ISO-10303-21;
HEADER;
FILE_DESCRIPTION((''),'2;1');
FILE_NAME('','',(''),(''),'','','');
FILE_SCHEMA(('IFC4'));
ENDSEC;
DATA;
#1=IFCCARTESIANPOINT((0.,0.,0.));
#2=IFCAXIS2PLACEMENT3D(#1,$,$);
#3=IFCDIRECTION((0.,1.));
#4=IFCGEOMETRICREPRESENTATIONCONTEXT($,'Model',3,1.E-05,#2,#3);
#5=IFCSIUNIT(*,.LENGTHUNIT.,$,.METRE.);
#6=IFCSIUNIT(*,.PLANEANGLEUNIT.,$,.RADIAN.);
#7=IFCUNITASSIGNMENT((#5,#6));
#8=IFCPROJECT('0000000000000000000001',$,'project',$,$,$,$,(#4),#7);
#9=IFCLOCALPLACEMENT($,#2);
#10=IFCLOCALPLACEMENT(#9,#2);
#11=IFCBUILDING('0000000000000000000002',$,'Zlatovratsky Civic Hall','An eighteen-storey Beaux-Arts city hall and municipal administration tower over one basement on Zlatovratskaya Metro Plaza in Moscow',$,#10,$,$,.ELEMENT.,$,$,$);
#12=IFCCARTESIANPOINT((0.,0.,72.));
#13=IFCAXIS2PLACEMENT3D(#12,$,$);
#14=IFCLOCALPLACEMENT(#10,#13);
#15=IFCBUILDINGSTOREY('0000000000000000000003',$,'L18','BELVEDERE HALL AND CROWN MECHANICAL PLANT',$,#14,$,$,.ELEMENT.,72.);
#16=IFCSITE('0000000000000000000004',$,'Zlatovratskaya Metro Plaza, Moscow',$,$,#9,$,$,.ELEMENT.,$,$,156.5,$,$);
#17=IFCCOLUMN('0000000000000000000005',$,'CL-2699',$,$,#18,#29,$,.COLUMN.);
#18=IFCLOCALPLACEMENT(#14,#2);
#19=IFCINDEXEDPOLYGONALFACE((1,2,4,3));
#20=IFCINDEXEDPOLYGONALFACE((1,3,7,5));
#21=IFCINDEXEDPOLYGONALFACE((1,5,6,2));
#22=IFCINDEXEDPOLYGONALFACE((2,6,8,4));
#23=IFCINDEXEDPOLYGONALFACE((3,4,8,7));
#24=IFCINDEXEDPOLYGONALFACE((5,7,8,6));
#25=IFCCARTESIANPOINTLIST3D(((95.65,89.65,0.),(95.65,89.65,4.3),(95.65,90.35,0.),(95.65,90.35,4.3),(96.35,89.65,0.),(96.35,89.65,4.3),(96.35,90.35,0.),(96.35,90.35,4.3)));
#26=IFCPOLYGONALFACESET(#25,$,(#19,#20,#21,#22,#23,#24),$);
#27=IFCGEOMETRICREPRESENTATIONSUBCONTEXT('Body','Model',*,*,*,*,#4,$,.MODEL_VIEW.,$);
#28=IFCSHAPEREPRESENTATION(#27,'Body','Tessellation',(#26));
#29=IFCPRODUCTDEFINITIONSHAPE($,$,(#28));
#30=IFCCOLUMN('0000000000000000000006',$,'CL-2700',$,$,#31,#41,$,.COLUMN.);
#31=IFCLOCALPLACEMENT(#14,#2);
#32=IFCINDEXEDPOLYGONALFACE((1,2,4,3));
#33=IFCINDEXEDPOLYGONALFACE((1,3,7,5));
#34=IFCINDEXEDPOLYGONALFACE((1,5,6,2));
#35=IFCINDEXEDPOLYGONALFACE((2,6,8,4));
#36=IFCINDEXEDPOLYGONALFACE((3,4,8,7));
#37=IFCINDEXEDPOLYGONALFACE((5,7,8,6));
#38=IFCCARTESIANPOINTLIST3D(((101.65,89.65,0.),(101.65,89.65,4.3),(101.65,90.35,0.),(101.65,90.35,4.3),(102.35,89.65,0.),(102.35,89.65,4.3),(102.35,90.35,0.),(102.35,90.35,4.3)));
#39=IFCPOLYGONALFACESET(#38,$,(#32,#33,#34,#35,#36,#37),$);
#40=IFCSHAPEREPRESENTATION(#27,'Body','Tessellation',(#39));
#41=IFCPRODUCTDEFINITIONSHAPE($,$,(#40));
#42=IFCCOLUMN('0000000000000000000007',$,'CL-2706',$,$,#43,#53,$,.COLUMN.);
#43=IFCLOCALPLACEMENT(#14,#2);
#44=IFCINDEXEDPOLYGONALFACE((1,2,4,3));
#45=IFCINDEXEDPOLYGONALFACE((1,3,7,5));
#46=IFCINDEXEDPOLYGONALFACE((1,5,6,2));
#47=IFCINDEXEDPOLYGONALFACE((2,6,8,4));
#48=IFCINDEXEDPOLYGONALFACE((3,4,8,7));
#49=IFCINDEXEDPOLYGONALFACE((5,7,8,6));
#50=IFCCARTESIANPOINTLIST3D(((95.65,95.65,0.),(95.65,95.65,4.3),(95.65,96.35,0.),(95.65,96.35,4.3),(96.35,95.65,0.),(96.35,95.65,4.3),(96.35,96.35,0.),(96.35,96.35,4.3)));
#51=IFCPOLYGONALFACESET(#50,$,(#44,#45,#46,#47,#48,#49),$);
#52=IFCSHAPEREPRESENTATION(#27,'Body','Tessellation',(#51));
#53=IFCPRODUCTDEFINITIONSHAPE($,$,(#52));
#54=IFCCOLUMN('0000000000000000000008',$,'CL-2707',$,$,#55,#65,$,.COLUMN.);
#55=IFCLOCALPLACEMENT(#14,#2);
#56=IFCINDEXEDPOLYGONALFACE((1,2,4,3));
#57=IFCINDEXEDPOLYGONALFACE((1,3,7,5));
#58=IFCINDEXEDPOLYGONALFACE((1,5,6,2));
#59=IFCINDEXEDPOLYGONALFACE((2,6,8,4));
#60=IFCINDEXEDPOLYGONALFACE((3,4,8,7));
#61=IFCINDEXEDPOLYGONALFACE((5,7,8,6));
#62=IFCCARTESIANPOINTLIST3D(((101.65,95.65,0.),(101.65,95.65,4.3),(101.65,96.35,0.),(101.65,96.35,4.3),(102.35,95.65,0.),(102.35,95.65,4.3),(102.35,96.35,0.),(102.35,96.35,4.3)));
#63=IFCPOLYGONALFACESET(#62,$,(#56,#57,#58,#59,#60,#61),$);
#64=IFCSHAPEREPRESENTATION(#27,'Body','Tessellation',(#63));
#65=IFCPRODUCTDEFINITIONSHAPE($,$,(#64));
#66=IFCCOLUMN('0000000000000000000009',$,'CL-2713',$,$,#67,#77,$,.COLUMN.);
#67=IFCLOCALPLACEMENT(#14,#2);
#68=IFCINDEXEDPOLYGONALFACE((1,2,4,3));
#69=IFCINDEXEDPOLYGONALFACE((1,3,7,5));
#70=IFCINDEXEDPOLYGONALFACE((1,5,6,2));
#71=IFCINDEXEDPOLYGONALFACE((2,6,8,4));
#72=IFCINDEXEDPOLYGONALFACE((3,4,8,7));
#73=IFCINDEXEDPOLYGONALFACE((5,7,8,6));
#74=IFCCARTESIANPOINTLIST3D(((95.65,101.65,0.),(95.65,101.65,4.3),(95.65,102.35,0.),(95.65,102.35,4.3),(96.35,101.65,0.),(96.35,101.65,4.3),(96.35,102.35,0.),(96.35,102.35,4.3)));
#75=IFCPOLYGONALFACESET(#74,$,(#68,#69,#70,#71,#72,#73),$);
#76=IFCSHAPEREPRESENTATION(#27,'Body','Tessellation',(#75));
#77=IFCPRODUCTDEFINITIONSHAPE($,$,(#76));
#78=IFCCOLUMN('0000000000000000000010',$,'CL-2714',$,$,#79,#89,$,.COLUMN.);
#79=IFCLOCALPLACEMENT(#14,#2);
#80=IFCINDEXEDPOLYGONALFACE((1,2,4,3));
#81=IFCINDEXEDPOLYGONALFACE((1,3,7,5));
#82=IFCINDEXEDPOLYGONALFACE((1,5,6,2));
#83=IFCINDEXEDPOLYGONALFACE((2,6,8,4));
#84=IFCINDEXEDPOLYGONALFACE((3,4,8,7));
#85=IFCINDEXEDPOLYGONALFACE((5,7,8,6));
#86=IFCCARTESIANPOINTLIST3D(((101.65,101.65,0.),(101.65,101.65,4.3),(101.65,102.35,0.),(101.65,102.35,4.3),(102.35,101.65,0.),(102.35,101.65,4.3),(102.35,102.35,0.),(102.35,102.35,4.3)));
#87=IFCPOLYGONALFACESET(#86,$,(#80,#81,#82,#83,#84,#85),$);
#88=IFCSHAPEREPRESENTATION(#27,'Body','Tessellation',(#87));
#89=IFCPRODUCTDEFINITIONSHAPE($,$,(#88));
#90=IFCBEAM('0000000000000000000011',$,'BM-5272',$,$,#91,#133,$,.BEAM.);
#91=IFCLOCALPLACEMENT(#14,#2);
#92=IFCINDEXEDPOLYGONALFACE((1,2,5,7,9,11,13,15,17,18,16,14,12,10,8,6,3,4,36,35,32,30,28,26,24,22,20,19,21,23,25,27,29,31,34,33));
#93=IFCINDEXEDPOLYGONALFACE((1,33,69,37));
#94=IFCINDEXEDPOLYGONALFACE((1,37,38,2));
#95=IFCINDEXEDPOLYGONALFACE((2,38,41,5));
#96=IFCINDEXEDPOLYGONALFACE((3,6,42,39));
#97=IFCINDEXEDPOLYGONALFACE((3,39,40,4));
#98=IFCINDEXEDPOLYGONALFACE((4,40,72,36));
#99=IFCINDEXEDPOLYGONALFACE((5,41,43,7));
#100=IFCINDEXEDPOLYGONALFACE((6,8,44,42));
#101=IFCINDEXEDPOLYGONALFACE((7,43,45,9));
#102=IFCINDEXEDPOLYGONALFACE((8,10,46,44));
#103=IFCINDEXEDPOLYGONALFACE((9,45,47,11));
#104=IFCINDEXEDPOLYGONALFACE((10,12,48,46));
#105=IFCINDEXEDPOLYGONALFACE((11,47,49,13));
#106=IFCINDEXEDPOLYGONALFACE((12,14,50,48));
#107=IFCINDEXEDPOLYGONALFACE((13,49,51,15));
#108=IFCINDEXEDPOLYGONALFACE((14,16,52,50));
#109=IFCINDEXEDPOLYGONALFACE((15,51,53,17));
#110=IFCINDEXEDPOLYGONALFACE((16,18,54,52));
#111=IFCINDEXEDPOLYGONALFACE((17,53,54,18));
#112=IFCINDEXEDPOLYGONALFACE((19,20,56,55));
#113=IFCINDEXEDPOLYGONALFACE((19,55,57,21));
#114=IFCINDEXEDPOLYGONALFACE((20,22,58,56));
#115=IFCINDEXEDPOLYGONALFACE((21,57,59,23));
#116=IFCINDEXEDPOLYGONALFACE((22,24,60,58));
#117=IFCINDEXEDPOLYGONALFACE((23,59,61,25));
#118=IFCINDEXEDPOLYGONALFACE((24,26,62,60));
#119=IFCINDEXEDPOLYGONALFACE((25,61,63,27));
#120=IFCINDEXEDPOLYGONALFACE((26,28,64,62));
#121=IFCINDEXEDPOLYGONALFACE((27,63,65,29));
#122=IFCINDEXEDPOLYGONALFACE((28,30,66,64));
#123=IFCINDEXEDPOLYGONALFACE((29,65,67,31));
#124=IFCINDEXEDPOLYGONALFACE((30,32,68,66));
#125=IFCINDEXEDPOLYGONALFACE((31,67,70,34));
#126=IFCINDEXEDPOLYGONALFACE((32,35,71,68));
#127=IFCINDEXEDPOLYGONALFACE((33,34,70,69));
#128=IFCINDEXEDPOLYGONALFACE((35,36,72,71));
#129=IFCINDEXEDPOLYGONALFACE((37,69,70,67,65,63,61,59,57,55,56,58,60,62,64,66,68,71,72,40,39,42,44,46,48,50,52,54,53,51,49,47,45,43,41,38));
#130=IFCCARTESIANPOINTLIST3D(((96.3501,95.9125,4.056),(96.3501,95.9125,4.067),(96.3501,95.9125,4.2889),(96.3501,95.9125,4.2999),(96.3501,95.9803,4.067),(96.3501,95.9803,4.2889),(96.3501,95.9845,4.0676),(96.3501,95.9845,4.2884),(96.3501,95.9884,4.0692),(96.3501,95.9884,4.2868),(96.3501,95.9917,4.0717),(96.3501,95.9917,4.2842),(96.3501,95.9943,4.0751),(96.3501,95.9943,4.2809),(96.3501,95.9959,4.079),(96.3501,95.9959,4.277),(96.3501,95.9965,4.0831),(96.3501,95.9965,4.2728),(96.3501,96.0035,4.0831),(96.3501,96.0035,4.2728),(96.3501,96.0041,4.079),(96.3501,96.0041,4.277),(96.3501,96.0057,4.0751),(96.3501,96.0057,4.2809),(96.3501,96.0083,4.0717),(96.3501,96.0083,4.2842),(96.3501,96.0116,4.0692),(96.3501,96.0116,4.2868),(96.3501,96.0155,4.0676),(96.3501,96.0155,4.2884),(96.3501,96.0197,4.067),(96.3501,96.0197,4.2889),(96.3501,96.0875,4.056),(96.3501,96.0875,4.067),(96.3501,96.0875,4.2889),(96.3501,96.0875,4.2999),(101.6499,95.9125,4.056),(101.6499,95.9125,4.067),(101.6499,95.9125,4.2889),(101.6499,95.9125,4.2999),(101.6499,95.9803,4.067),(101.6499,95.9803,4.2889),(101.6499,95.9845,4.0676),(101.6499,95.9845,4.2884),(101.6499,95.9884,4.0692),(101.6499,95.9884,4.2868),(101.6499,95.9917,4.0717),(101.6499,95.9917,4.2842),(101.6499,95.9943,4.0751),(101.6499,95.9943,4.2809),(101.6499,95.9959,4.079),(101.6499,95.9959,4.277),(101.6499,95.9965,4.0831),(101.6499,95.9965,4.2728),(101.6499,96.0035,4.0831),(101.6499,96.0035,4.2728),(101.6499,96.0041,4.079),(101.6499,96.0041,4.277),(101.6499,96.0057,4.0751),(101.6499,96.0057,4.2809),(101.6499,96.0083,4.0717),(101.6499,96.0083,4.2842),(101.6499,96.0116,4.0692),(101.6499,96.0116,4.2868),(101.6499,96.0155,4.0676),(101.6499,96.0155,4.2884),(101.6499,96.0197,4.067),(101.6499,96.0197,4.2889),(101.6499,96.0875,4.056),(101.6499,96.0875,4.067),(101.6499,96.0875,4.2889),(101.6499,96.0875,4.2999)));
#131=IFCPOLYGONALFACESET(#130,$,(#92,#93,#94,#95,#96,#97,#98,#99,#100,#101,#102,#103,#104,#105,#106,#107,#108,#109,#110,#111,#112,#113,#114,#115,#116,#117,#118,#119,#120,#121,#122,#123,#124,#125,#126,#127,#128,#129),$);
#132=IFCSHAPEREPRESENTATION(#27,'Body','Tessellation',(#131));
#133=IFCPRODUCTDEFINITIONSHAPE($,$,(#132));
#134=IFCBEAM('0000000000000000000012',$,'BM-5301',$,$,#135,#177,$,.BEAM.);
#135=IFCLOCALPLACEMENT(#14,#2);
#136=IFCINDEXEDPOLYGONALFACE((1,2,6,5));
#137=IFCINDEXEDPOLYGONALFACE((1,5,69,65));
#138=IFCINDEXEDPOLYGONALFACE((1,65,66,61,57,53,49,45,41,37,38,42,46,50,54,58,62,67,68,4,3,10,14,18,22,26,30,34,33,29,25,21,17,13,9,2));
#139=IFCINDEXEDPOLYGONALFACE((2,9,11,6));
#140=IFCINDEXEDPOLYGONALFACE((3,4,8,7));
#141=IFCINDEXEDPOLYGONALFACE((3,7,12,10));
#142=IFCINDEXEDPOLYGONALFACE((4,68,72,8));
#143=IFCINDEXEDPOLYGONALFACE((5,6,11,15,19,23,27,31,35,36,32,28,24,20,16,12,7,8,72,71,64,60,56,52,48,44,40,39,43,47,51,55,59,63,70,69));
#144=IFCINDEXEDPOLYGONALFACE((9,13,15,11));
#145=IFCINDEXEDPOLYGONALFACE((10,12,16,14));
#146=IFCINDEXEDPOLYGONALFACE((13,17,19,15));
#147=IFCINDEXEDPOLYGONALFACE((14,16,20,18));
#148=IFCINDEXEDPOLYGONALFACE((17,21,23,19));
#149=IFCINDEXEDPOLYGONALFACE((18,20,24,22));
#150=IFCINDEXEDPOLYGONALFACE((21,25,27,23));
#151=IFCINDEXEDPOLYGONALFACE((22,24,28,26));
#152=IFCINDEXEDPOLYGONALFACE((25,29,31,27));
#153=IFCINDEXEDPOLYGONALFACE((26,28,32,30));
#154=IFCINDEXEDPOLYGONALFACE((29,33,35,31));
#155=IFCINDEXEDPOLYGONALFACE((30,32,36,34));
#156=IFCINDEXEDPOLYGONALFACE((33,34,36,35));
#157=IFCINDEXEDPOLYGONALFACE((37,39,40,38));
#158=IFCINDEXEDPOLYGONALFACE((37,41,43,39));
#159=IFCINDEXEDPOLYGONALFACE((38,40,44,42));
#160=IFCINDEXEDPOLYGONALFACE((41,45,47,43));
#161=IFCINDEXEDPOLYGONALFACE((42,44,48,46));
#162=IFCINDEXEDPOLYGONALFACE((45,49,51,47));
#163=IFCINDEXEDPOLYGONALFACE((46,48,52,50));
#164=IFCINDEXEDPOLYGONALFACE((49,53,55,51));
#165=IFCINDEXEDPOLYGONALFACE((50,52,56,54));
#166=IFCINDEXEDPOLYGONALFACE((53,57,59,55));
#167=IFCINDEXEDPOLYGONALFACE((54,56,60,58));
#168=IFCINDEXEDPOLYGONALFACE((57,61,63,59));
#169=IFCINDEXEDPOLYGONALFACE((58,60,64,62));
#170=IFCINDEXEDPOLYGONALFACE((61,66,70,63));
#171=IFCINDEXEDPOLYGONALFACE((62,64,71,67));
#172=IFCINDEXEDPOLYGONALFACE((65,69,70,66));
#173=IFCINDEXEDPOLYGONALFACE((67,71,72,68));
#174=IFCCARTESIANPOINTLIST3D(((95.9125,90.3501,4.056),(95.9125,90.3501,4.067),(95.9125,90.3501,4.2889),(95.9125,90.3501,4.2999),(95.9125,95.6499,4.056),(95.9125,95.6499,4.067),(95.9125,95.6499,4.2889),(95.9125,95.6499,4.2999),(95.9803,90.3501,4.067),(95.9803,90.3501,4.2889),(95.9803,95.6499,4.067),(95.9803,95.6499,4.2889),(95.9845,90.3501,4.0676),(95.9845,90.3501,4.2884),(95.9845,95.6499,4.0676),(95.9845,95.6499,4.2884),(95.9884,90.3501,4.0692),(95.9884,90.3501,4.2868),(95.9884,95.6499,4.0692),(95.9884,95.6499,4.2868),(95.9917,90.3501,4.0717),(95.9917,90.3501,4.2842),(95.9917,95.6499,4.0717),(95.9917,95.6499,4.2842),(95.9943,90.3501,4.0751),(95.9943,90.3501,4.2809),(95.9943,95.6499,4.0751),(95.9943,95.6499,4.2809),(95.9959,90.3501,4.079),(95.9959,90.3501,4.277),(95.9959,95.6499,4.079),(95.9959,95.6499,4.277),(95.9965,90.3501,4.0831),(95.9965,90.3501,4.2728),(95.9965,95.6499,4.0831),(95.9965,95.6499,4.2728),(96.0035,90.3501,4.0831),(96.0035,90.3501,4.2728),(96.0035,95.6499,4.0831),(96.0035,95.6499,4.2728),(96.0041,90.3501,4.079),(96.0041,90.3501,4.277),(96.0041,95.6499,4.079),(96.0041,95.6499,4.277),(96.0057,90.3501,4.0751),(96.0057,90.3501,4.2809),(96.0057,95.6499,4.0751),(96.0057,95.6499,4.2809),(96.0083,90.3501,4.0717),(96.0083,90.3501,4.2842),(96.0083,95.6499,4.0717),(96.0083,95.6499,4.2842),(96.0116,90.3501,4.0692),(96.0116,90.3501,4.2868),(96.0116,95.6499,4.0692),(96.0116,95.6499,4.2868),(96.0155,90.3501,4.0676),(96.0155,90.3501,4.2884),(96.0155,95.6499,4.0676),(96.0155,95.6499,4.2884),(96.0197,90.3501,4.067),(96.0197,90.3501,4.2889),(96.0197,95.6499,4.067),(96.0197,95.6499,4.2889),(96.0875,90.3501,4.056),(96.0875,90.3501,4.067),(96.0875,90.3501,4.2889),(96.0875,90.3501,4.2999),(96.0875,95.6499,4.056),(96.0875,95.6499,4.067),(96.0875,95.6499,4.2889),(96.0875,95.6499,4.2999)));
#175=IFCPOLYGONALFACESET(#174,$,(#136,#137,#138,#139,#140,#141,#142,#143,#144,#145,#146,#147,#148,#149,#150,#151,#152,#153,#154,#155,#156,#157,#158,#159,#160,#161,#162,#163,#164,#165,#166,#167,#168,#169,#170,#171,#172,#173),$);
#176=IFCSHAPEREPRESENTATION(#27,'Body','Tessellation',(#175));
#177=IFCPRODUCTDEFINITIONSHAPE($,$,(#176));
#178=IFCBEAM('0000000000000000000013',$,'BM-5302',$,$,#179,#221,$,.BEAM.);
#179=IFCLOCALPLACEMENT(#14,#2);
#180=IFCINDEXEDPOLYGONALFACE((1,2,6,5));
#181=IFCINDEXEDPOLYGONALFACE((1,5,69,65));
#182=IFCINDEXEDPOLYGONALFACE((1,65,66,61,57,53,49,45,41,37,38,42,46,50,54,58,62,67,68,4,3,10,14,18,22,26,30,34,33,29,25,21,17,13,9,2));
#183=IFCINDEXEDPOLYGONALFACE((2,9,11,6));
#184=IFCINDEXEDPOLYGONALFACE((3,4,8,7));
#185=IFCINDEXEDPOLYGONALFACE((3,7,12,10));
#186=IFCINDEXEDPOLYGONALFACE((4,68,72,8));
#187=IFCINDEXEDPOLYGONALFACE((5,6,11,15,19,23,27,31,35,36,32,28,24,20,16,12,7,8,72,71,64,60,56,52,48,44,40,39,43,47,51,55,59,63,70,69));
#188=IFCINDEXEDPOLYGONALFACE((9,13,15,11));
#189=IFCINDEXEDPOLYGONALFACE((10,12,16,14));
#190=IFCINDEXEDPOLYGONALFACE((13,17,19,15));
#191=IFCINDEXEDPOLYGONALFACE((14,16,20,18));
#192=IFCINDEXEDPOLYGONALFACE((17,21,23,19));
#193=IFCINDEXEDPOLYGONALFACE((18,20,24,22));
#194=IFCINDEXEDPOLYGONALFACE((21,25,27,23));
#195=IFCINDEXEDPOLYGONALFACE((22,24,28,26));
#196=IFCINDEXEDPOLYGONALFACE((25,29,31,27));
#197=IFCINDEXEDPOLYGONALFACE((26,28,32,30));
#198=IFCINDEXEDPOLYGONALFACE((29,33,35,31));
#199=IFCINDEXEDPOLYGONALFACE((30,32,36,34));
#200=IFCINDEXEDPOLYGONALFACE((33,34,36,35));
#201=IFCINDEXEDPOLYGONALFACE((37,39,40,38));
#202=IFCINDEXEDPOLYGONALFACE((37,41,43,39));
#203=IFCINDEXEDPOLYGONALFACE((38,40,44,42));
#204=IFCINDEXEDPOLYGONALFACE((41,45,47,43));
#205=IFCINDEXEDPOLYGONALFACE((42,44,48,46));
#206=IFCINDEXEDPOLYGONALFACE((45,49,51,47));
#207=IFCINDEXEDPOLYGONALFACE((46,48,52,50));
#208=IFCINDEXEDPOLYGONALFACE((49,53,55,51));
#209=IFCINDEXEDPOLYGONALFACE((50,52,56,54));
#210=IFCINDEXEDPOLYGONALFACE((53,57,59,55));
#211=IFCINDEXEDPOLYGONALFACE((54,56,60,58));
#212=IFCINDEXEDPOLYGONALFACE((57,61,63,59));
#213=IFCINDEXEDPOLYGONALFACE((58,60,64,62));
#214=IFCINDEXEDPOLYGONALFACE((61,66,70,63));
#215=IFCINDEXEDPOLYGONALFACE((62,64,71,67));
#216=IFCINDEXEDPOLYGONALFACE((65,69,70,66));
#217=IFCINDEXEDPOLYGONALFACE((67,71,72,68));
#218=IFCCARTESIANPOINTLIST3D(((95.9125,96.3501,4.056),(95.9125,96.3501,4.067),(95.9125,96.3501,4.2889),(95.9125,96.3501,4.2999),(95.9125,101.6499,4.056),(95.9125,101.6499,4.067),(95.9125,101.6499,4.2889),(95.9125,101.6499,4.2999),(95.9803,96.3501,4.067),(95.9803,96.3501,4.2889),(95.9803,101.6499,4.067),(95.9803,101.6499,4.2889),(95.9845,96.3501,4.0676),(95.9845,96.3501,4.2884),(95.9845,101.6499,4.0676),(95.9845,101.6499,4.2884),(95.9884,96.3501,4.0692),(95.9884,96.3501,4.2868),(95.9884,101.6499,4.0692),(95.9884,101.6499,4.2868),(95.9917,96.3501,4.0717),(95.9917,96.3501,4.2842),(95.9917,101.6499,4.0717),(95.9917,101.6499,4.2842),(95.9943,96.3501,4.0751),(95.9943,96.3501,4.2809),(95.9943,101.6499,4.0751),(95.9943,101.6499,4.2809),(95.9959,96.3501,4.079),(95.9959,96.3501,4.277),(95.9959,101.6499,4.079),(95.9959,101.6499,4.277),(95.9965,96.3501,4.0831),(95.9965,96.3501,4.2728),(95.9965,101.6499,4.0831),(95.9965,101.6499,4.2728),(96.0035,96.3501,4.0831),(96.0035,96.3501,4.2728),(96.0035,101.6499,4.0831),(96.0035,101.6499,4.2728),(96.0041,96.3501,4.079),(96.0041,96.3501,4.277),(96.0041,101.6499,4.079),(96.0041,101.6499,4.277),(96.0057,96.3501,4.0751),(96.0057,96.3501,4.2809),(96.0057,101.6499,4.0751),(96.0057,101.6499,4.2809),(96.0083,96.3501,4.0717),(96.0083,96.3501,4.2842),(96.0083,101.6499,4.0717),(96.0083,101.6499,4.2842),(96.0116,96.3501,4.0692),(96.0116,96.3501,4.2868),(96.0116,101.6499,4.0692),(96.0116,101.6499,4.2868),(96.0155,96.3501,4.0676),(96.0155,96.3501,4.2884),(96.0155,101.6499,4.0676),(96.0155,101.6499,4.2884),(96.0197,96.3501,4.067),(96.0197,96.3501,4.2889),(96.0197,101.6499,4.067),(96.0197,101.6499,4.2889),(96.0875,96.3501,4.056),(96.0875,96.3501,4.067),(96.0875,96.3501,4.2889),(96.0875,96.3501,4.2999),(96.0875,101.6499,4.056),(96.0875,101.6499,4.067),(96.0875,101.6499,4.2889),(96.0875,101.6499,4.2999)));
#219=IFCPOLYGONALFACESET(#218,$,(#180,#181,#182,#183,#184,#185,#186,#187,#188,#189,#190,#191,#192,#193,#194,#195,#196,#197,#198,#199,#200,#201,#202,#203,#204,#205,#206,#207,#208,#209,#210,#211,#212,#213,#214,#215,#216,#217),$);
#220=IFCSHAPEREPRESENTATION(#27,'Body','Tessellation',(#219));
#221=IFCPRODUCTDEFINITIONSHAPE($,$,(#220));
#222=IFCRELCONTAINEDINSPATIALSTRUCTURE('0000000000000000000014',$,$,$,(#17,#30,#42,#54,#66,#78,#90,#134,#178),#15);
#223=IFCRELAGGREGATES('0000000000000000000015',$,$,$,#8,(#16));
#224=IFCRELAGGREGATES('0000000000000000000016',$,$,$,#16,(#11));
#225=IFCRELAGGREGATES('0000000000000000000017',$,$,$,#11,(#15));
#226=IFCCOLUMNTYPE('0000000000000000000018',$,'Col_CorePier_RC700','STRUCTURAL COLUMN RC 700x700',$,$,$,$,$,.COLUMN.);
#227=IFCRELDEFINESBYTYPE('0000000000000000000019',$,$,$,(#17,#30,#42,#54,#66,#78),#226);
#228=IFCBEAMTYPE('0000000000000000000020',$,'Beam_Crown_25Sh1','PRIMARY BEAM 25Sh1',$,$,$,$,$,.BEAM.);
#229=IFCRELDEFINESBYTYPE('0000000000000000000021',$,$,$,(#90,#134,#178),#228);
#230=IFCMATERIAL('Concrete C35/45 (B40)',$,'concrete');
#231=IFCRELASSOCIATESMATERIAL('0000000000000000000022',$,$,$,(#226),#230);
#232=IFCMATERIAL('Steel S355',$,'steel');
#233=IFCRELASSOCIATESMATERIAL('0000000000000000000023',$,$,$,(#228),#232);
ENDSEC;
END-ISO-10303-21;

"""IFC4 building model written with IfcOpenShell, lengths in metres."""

from ifc_helpers import new_model, si_unit, direction, frame, origin, origin_2d, place, context, subcontext, project, spatial, rectangle, i_section, extrude, material, material_profile, profile_set, type_object, element, save


model = new_model("IFC4")

# Units and contexts
model_context = context("Model", 3, precision=1e-05, world=origin(), true_north=direction((0.0, 1.0)))
body_context = subcontext(model_context, "Body", "Model", "MODEL_VIEW")
ifc_project = project(units=[si_unit("LENGTHUNIT", "METRE"), si_unit("PLANEANGLEUNIT", "RADIAN")], contexts=[model_context])

# Site, building, storey
site_placement = place(None, origin())
site = spatial("IfcSite", under=ifc_project, at=site_placement, Name="Zlatovratskaya Metro Plaza, Moscow", CompositionType="ELEMENT", RefElevation=156.5)
building_placement = place(site_placement, origin())
building = spatial("IfcBuilding", under=site, at=building_placement, Name="Zlatovratsky Civic Hall", Description="An eighteen-storey Beaux-Arts city hall and municipal administration tower over one basement on Zlatovratskaya Metro Plaza in Moscow", CompositionType="ELEMENT")
storey_placement = place(building_placement, frame((0.0, 0.0, 72.0)))
storey = spatial("IfcBuildingStorey", under=building, at=storey_placement, Name="L18", Description="BELVEDERE HALL AND CROWN MECHANICAL PLANT", CompositionType="ELEMENT", Elevation=72.0)

# Columns
ifc_material_1 = material(Name="Concrete C35/45 (B40)", Category="concrete")
ifc_material_profile_1 = material_profile(ifc_material_1, rectangle(XDim=0.7, YDim=0.7, at=origin_2d()), Name="RC 700x700")
ifc_profile_set_1 = profile_set([ifc_material_profile_1], Name="Concrete C35/45 (B40)")
column_type = type_object("IfcColumnType", Name="Col_CorePier_RC700", Description="STRUCTURAL COLUMN RC 700x700", PredefinedType="COLUMN", material=ifc_profile_set_1)
for number, where, z_axis, x_axis, name in (
    (1, (96.0, 90.0, 0.0), (0.0, 0.0, 1.0), (1.0, 0.0, 0.0), "CL-2699"),
    (2, (102.0, 90.0, 0.0), (0.0, 0.0, 1.0), (1.0, 0.0, 0.0), "CL-2700"),
    (3, (96.0, 96.0, 0.0), (0.0, 0.0, 1.0), (1.0, 0.0, 0.0), "CL-2706"),
    (4, (102.0, 96.0, 0.0), (0.0, 0.0, 1.0), (1.0, 0.0, 0.0), "CL-2707"),
    (5, (96.0, 102.0, 0.0), (0.0, 0.0, 1.0), (1.0, 0.0, 0.0), "CL-2713"),
    (6, (102.0, 102.0, 0.0), (0.0, 0.0, 1.0), (1.0, 0.0, 0.0), "CL-2714"),
):
    element("IfcColumn", number, at=place(storey_placement, frame(where, z_axis=z_axis, x_axis=x_axis)), inside=storey, type_object=column_type, Name=name, PredefinedType="COLUMN", context=body_context, shape_type="SweptSolid", body=[
        extrude(rectangle(XDim=0.7, YDim=0.7, at=origin_2d()), origin(), (0.0, 0.0, 1.0), 4.3),
    ])

# Beams
ifc_material_2 = material(Name="Steel S355", Category="steel")
ifc_material_profile_2 = material_profile(ifc_material_2, i_section(OverallWidth=0.175, OverallDepth=0.2439, WebThickness=0.0071, FlangeThickness=0.011, FilletRadius=0.0161, at=origin_2d()), Name="25Sh1")
ifc_profile_set_2 = profile_set([ifc_material_profile_2], Name="Steel S355")
beam_type_1 = type_object("IfcBeamType", Name="Beam_Crown_25Sh1", Description="PRIMARY BEAM 25Sh1", PredefinedType="BEAM", material=ifc_profile_set_2)
for number, where, z_axis, x_axis, name in (
    (7, (96.3501, 96.0, 4.178), (1.0, 0.0, 0.0), (0.0, 1.0, 0.0), "BM-5272"),
    (8, (96.0, 90.3501, 4.178), (0.0, 1.0, 0.0), (-1.0, 0.0, 0.0), "BM-5301"),
    (9, (96.0, 96.3501, 4.178), (0.0, 1.0, 0.0), (-1.0, 0.0, 0.0), "BM-5302"),
):
    element("IfcBeam", number, at=place(storey_placement, frame(where, z_axis=z_axis, x_axis=x_axis)), inside=storey, type_object=beam_type_1, Name=name, PredefinedType="BEAM", context=body_context, shape_type="SweptSolid", body=[
        extrude(i_section(OverallWidth=0.175, OverallDepth=0.2439, WebThickness=0.0071, FlangeThickness=0.011, FilletRadius=0.0161, at=origin_2d()), origin(), (0.0, 0.0, 1.0), 5.2998),
    ])

save(model, "model.ifc")
